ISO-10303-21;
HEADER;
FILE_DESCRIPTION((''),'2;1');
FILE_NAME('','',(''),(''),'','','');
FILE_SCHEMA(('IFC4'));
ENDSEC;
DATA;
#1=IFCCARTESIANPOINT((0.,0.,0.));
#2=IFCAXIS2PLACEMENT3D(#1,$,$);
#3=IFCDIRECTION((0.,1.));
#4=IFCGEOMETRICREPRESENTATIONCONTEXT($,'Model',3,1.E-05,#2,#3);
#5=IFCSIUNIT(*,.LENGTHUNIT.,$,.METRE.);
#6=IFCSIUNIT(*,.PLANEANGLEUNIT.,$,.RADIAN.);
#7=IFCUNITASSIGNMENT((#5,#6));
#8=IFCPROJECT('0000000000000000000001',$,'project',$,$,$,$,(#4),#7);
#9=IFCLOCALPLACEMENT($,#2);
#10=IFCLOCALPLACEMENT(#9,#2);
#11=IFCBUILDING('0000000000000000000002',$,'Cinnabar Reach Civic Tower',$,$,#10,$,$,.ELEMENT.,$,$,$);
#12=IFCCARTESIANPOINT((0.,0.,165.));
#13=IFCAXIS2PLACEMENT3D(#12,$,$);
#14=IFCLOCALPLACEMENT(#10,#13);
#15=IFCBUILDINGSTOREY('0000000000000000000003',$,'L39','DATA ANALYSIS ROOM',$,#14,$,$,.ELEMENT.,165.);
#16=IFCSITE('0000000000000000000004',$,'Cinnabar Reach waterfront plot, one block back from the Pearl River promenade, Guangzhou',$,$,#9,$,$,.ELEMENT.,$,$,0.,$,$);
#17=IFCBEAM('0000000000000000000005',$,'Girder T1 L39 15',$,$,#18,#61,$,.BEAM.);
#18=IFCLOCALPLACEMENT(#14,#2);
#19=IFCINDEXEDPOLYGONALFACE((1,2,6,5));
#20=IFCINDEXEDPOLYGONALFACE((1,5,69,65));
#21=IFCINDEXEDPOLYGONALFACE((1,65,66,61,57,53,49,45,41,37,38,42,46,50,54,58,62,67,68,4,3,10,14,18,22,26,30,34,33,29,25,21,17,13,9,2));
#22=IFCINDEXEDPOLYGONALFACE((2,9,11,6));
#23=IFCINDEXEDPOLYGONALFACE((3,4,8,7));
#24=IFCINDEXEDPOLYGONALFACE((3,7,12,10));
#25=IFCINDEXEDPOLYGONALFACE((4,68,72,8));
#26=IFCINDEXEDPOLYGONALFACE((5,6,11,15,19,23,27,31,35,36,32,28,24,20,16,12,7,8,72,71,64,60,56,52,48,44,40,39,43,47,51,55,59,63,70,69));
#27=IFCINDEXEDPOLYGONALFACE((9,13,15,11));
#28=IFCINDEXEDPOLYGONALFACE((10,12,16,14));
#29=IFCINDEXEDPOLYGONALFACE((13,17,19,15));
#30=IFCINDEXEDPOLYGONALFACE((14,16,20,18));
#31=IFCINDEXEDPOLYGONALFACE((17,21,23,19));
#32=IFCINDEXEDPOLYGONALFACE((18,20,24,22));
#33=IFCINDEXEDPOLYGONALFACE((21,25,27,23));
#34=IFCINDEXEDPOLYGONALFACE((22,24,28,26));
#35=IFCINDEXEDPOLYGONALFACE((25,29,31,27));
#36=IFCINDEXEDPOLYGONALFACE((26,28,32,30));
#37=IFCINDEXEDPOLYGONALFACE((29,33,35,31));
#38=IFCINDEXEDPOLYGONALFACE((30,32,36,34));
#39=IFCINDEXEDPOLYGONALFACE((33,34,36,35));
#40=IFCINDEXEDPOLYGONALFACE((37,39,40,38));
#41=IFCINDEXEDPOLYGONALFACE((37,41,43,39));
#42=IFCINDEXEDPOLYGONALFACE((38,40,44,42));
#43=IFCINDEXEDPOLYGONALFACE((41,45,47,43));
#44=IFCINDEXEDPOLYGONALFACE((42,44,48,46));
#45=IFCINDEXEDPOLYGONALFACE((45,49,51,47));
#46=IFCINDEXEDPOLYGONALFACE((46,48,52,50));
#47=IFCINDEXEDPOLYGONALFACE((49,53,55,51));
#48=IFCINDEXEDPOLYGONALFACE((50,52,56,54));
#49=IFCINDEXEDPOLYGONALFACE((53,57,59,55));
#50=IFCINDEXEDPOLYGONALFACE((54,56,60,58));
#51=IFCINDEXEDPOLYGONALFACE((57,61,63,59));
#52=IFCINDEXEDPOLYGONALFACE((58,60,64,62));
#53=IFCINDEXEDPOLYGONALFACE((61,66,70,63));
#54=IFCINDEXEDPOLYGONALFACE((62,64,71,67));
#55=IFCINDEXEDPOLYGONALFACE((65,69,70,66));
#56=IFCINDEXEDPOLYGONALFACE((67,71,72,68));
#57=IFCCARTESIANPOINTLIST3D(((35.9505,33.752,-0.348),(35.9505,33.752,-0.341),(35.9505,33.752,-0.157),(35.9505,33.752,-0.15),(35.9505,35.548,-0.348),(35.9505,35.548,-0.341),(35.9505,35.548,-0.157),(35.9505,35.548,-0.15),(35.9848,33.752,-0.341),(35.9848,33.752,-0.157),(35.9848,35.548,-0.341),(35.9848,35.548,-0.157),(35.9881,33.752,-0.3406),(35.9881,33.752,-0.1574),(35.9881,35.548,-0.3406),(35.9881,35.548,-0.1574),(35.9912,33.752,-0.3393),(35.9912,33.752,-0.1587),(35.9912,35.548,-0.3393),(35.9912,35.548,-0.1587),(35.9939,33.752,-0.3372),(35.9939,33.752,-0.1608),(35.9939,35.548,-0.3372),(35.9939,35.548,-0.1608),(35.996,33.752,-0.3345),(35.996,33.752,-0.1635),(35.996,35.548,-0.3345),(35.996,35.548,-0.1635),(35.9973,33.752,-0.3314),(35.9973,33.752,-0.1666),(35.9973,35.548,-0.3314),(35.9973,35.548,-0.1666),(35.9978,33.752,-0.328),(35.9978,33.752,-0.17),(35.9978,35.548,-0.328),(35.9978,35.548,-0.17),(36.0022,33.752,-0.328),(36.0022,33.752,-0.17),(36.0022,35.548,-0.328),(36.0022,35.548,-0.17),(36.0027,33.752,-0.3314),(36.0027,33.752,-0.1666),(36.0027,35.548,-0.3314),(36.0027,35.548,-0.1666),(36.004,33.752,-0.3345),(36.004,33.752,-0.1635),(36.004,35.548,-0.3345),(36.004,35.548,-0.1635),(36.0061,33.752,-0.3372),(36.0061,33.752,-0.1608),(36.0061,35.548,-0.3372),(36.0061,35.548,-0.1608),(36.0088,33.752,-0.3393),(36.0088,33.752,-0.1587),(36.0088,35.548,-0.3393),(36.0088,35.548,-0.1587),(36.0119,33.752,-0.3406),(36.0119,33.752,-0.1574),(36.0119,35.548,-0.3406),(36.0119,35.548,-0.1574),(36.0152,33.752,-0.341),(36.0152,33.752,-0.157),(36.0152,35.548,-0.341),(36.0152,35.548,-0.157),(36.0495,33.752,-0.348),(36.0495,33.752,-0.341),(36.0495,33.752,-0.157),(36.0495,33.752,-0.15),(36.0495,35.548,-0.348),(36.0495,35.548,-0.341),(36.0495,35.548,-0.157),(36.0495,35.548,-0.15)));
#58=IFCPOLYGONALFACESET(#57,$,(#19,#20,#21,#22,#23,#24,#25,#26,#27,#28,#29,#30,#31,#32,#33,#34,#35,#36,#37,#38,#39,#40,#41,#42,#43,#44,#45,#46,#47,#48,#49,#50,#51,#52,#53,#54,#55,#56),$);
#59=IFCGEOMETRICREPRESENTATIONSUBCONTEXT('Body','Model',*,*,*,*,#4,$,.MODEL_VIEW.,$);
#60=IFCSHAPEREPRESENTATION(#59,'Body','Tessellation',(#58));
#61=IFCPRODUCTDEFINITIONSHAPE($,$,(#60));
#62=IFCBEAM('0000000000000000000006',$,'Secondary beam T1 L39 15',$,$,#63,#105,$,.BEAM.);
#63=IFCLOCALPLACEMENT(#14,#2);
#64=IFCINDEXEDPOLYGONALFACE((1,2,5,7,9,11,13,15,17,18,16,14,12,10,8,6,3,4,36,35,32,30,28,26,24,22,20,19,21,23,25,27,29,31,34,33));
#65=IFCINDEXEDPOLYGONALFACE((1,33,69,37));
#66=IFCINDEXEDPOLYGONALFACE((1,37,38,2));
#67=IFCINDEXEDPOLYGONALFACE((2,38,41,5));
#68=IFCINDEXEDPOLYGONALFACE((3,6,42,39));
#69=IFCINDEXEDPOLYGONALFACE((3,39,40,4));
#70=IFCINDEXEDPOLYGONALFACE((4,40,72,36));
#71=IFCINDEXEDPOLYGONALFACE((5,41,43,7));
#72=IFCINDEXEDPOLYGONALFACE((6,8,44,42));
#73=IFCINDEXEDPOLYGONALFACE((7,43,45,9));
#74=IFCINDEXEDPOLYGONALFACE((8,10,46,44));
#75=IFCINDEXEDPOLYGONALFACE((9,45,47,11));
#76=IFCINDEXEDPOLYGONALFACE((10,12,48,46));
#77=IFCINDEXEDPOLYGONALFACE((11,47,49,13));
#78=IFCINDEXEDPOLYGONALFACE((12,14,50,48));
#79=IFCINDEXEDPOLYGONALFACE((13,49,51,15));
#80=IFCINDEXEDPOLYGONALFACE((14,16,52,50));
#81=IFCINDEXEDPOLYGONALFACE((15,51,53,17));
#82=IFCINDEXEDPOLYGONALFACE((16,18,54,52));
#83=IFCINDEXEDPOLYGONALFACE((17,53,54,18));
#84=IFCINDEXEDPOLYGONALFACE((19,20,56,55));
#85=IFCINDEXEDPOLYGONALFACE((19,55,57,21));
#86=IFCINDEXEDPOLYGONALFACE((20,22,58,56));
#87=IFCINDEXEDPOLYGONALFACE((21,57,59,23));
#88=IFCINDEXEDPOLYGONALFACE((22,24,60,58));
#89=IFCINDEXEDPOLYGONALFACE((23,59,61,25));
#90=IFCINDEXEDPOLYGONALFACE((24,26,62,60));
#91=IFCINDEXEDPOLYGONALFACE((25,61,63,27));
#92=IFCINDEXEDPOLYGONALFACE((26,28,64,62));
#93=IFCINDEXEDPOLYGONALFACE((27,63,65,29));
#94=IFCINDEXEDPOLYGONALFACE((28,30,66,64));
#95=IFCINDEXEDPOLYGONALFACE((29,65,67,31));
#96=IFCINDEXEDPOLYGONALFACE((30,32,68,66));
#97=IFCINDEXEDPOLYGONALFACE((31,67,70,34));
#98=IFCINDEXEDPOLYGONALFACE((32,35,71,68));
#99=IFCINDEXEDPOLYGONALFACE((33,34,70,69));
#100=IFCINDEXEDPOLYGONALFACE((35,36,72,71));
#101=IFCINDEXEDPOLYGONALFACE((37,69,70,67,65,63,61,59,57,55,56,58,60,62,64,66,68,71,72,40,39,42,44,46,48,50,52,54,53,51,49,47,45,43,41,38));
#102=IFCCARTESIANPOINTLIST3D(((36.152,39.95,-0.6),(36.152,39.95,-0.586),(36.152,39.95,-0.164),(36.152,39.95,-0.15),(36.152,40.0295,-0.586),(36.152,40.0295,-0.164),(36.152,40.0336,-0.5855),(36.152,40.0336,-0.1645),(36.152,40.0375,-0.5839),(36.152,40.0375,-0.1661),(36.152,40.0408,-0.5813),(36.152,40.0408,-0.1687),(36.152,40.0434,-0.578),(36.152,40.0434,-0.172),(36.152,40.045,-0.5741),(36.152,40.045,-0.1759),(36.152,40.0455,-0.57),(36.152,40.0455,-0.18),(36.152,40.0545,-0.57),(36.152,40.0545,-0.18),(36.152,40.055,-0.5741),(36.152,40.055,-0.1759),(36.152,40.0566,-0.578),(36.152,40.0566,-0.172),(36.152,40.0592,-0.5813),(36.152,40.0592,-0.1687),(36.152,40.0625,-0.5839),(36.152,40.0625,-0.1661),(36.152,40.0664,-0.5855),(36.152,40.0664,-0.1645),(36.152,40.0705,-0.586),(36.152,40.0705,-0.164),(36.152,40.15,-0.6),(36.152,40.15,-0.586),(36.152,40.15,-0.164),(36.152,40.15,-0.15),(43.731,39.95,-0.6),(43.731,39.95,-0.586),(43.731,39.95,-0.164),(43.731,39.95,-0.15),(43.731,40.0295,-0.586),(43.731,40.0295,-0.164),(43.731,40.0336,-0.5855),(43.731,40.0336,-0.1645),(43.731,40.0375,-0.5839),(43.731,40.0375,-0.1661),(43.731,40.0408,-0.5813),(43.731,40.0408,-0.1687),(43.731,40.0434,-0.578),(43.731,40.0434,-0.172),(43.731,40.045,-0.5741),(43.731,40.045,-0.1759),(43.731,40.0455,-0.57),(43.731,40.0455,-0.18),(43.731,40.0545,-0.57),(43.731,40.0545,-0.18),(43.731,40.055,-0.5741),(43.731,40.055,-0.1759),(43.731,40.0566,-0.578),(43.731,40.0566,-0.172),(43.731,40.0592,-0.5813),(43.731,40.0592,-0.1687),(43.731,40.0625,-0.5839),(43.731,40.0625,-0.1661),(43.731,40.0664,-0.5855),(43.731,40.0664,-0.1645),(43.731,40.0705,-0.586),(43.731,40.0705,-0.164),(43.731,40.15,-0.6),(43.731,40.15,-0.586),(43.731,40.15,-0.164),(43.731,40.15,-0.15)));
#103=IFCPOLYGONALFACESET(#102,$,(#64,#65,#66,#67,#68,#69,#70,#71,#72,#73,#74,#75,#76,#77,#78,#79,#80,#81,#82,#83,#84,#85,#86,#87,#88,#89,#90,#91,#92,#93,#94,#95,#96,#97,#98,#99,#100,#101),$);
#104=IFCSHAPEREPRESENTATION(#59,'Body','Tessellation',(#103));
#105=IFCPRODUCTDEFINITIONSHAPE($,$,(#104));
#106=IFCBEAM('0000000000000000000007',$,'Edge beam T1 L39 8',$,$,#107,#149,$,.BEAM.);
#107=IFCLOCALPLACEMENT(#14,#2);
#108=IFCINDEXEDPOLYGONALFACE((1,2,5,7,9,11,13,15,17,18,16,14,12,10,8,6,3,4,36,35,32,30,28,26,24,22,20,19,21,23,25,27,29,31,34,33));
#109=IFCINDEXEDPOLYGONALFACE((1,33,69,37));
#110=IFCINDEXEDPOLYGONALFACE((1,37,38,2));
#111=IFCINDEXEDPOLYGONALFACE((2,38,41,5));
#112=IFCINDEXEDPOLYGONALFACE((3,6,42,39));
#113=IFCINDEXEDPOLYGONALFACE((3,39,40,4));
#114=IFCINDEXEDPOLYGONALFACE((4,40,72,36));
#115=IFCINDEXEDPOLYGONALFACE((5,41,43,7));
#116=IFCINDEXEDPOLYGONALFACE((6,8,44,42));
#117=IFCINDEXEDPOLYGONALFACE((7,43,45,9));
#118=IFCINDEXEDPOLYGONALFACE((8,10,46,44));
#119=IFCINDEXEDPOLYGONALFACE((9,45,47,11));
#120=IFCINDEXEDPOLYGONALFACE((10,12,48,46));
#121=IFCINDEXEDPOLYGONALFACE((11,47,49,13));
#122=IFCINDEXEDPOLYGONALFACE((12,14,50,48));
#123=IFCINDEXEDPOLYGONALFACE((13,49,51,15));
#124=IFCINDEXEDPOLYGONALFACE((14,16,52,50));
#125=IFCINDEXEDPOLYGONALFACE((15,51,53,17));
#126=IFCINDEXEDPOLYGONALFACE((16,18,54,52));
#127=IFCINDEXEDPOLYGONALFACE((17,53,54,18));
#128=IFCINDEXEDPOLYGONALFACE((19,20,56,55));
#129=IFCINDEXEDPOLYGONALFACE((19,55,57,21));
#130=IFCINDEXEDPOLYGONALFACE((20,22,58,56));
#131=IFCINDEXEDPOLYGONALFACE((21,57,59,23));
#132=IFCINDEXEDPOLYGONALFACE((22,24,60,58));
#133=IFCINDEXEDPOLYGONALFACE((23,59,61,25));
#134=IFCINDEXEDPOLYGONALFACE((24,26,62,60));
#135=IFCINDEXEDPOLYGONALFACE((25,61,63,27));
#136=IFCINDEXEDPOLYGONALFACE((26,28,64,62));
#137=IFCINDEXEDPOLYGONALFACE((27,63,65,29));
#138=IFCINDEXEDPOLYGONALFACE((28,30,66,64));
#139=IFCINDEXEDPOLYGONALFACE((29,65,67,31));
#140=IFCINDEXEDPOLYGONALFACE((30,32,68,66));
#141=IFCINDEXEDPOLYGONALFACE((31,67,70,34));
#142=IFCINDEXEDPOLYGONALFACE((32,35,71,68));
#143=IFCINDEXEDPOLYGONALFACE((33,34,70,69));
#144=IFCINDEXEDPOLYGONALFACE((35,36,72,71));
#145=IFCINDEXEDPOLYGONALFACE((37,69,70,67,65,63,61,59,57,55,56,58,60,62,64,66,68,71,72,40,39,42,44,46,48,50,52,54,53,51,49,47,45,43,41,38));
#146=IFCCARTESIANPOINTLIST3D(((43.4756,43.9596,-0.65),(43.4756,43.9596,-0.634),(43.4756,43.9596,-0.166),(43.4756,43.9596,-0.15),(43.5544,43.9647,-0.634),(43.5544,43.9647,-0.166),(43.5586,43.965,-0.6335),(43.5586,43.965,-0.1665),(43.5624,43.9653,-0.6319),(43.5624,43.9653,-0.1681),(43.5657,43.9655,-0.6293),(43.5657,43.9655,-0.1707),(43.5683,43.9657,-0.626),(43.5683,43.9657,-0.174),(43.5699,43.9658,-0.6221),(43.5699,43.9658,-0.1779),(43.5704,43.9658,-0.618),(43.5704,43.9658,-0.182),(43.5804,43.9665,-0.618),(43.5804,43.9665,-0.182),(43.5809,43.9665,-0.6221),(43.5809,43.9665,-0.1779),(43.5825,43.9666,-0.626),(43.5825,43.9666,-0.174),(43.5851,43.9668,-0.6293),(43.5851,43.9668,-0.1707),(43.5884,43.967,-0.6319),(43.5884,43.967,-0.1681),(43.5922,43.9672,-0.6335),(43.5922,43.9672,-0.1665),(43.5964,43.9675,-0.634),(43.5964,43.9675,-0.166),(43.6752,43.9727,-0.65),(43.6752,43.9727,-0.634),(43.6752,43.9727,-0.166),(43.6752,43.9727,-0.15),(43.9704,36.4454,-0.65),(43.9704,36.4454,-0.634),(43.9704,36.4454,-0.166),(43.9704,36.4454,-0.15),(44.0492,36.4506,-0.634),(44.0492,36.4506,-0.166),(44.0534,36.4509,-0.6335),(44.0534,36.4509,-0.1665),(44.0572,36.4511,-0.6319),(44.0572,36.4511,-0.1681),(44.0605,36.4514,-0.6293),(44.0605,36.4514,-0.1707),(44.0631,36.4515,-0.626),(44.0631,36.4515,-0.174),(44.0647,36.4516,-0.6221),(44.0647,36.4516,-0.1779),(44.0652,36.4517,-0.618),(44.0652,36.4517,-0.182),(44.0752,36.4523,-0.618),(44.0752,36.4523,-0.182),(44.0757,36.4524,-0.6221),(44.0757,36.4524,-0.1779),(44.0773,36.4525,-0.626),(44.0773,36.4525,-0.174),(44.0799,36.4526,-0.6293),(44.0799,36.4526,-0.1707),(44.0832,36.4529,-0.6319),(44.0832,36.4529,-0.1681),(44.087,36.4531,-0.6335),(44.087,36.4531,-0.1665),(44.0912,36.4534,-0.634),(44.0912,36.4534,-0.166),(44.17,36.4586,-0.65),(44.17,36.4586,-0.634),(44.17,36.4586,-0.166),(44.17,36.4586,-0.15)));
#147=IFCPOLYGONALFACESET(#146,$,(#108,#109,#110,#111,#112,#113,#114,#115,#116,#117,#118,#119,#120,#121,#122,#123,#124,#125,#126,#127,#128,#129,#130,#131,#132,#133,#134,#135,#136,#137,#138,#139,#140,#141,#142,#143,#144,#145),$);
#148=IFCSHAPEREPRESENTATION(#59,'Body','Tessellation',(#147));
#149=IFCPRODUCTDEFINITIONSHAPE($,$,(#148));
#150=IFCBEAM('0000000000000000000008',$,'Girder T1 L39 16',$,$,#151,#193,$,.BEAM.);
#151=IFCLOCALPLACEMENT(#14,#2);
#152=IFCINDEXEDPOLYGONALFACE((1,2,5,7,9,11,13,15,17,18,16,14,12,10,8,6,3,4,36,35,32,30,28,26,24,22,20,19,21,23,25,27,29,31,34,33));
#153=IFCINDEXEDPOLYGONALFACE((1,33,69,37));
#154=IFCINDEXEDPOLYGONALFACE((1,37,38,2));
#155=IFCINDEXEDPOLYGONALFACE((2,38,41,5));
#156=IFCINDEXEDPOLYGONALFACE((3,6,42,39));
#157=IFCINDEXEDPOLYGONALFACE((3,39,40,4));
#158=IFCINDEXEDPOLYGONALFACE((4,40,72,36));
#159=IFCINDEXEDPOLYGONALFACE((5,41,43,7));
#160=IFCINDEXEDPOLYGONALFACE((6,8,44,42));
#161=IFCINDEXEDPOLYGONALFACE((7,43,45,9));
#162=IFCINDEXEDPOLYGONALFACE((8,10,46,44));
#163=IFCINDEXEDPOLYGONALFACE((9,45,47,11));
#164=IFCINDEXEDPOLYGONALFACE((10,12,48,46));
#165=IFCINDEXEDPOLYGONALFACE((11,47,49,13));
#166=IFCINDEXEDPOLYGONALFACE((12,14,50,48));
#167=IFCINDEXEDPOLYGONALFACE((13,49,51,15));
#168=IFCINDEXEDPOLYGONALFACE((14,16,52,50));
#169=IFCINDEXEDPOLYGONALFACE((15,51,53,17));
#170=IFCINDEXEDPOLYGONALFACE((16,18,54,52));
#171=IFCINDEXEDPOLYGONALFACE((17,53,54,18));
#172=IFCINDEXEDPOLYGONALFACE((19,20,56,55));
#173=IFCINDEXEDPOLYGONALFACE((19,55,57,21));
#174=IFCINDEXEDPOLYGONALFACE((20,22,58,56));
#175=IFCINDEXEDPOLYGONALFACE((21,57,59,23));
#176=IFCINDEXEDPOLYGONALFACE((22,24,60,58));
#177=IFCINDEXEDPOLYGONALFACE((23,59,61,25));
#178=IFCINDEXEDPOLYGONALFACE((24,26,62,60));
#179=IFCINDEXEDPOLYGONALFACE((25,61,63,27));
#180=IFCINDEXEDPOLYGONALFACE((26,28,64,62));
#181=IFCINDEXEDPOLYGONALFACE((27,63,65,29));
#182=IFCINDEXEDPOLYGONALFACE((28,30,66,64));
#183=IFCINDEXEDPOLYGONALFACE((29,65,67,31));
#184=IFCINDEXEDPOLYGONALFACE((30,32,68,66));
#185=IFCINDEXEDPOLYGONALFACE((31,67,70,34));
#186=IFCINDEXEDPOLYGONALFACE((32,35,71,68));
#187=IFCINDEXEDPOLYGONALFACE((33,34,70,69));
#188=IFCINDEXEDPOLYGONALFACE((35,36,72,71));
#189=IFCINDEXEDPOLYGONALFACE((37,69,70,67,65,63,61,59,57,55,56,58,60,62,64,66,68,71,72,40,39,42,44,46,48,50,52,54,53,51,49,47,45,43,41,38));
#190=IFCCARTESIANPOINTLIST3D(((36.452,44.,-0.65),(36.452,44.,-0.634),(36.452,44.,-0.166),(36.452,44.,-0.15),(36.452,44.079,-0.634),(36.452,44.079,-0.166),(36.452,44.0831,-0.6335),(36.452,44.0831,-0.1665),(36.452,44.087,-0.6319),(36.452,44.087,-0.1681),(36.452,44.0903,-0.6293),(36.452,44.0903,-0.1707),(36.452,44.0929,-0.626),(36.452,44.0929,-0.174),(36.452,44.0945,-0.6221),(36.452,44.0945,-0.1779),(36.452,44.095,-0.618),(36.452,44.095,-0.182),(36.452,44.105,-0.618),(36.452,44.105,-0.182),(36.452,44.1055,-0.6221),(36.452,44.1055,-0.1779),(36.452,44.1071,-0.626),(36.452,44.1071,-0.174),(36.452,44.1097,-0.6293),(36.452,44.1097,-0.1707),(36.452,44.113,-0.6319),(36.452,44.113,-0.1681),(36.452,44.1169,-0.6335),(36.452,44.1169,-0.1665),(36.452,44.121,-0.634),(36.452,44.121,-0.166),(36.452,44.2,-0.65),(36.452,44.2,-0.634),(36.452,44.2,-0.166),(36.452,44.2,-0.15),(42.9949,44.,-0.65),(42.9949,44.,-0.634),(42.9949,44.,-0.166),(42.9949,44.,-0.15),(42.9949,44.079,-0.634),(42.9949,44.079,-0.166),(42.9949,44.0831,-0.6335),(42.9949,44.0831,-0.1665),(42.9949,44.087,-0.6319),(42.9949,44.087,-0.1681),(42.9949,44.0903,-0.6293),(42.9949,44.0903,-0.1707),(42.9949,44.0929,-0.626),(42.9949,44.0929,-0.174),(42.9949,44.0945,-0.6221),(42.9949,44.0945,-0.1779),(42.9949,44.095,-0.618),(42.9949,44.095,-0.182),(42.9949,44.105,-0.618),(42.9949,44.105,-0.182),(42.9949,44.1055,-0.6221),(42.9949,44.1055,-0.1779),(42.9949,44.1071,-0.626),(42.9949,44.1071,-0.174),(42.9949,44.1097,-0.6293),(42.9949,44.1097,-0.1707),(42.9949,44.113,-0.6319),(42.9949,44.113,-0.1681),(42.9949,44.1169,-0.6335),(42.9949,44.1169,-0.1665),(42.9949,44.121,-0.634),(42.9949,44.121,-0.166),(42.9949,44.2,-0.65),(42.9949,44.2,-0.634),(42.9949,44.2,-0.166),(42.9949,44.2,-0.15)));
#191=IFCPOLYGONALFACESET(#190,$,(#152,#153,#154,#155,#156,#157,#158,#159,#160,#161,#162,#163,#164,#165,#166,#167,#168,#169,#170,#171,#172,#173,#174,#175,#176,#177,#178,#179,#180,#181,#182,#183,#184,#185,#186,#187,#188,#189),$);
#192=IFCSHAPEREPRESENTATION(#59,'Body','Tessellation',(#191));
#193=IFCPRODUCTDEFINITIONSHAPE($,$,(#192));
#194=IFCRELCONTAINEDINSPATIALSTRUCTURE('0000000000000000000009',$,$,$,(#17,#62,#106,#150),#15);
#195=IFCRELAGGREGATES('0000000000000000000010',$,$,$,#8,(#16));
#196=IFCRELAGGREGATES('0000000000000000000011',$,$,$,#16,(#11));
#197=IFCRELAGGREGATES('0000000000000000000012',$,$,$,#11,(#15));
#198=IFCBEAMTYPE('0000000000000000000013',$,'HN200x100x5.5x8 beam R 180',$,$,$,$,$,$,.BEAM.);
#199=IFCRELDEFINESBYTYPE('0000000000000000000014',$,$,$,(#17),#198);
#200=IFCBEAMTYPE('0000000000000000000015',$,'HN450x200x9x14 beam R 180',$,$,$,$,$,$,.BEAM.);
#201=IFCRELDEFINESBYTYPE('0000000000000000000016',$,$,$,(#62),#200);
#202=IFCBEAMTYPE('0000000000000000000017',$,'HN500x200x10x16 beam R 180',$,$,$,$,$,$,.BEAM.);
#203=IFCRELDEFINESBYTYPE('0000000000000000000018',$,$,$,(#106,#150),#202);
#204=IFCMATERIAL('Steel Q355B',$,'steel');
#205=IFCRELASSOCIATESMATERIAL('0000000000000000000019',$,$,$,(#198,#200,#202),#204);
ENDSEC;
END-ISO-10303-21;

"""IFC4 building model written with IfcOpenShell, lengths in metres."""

from ifc_helpers import new_model, si_unit, direction, frame, origin, origin_2d, place, context, subcontext, project, spatial, i_section, extrude, material, material_profile, profile_set, type_object, element, save


model = new_model("IFC4")

# Units and contexts
model_context = context("Model", 3, precision=1e-05, world=origin(), true_north=direction((0.0, 1.0)))
body_context = subcontext(model_context, "Body", "Model", "MODEL_VIEW")
ifc_project = project(units=[si_unit("LENGTHUNIT", "METRE"), si_unit("PLANEANGLEUNIT", "RADIAN")], contexts=[model_context])

# Site, building, storey
site_placement = place(None, origin())
site = spatial("IfcSite", under=ifc_project, at=site_placement, Name="Cinnabar Reach waterfront plot, one block back from the Pearl River promenade, Guangzhou", CompositionType="ELEMENT", RefElevation=0.0)
building_placement = place(site_placement, origin())
building = spatial("IfcBuilding", under=site, at=building_placement, Name="Cinnabar Reach Civic Tower", CompositionType="ELEMENT")
storey_placement = place(building_placement, frame((0.0, 0.0, 165.0)))
storey = spatial("IfcBuildingStorey", under=building, at=storey_placement, Name="L39", Description="DATA ANALYSIS ROOM", CompositionType="ELEMENT", Elevation=165.0)

# Beams
ifc_material_1 = material(Name="Steel Q355B", Category="steel")
ifc_material_profile_1 = material_profile(ifc_material_1, i_section(OverallWidth=0.099, OverallDepth=0.198, WebThickness=0.0045, FlangeThickness=0.007, FilletRadius=0.013, at=origin_2d()), Name="HN200x100x5.5x8")
ifc_profile_set_1 = profile_set([ifc_material_profile_1], Name="Steel Q355B")
beam_type_1 = type_object("IfcBeamType", Name="HN200x100x5.5x8 beam R 180", PredefinedType="BEAM", material=ifc_profile_set_1)
beam_1_placement = place(storey_placement, frame((36.0, 33.752, -0.249), z_axis=(0.0, 1.0, 0.0), x_axis=(-1.0, 0.0, 0.0)))
element("IfcBeam", 1, at=beam_1_placement, inside=storey, type_object=beam_type_1, Name="Girder T1 L39 15", PredefinedType="BEAM", context=body_context, shape_type="SweptSolid", body=[
    extrude(i_section(OverallWidth=0.099, OverallDepth=0.198, WebThickness=0.0045, FlangeThickness=0.007, FilletRadius=0.013, at=origin_2d()), origin(), (0.0, 0.0, 1.0), 1.796),
])
ifc_material_profile_2 = material_profile(ifc_material_1, i_section(OverallWidth=0.2, OverallDepth=0.45, WebThickness=0.009, FlangeThickness=0.014, FilletRadius=0.016, at=origin_2d()), Name="HN450x200x9x14")
ifc_profile_set_2 = profile_set([ifc_material_profile_2], Name="Steel Q355B")
beam_type_2 = type_object("IfcBeamType", Name="HN450x200x9x14 beam R 180", PredefinedType="BEAM", material=ifc_profile_set_2)
beam_2_placement = place(storey_placement, frame((36.152, 40.05, -0.375), z_axis=(1.0, 0.0, 0.0), x_axis=(0.0, 1.0, 0.0)))
element("IfcBeam", 2, at=beam_2_placement, inside=storey, type_object=beam_type_2, Name="Secondary beam T1 L39 15", PredefinedType="BEAM", context=body_context, shape_type="SweptSolid", body=[
    extrude(i_section(OverallWidth=0.2, OverallDepth=0.45, WebThickness=0.009, FlangeThickness=0.014, FilletRadius=0.016, at=origin_2d()), origin(), (0.0, 0.0, 1.0), 7.579),
])
ifc_material_profile_3 = material_profile(ifc_material_1, i_section(OverallWidth=0.2, OverallDepth=0.5, WebThickness=0.01, FlangeThickness=0.016, FilletRadius=0.016, at=origin_2d()), Name="HN500x200x10x16")
ifc_profile_set_3 = profile_set([ifc_material_profile_3], Name="Steel Q355B")
beam_type_3 = type_object("IfcBeamType", Name="HN500x200x10x16 beam R 180", PredefinedType="BEAM", material=ifc_profile_set_3)
beam_3_placement = place(storey_placement, frame((44.0702, 36.452, -0.4), z_axis=(-0.065707, 0.997839, 0.0), x_axis=(-0.997839, -0.065707, 0.0)))
element("IfcBeam", 3, at=beam_3_placement, inside=storey, type_object=beam_type_3, Name="Edge beam T1 L39 8", PredefinedType="BEAM", context=body_context, shape_type="SweptSolid", body=[
    extrude(i_section(OverallWidth=0.2, OverallDepth=0.5, WebThickness=0.01, FlangeThickness=0.016, FilletRadius=0.016, at=origin_2d()), origin(), (0.0, 0.0, 1.0), 7.5304),
])
beam_4_placement = place(storey_placement, frame((36.452, 44.1, -0.4), z_axis=(1.0, 0.0, 0.0), x_axis=(0.0, 1.0, 0.0)))
element("IfcBeam", 4, at=beam_4_placement, inside=storey, type_object=beam_type_3, Name="Girder T1 L39 16", PredefinedType="BEAM", context=body_context, shape_type="SweptSolid", body=[
    extrude(i_section(OverallWidth=0.2, OverallDepth=0.5, WebThickness=0.01, FlangeThickness=0.016, FilletRadius=0.016, at=origin_2d()), origin(), (0.0, 0.0, 1.0), 6.5429),
])

save(model, "model.ifc")
